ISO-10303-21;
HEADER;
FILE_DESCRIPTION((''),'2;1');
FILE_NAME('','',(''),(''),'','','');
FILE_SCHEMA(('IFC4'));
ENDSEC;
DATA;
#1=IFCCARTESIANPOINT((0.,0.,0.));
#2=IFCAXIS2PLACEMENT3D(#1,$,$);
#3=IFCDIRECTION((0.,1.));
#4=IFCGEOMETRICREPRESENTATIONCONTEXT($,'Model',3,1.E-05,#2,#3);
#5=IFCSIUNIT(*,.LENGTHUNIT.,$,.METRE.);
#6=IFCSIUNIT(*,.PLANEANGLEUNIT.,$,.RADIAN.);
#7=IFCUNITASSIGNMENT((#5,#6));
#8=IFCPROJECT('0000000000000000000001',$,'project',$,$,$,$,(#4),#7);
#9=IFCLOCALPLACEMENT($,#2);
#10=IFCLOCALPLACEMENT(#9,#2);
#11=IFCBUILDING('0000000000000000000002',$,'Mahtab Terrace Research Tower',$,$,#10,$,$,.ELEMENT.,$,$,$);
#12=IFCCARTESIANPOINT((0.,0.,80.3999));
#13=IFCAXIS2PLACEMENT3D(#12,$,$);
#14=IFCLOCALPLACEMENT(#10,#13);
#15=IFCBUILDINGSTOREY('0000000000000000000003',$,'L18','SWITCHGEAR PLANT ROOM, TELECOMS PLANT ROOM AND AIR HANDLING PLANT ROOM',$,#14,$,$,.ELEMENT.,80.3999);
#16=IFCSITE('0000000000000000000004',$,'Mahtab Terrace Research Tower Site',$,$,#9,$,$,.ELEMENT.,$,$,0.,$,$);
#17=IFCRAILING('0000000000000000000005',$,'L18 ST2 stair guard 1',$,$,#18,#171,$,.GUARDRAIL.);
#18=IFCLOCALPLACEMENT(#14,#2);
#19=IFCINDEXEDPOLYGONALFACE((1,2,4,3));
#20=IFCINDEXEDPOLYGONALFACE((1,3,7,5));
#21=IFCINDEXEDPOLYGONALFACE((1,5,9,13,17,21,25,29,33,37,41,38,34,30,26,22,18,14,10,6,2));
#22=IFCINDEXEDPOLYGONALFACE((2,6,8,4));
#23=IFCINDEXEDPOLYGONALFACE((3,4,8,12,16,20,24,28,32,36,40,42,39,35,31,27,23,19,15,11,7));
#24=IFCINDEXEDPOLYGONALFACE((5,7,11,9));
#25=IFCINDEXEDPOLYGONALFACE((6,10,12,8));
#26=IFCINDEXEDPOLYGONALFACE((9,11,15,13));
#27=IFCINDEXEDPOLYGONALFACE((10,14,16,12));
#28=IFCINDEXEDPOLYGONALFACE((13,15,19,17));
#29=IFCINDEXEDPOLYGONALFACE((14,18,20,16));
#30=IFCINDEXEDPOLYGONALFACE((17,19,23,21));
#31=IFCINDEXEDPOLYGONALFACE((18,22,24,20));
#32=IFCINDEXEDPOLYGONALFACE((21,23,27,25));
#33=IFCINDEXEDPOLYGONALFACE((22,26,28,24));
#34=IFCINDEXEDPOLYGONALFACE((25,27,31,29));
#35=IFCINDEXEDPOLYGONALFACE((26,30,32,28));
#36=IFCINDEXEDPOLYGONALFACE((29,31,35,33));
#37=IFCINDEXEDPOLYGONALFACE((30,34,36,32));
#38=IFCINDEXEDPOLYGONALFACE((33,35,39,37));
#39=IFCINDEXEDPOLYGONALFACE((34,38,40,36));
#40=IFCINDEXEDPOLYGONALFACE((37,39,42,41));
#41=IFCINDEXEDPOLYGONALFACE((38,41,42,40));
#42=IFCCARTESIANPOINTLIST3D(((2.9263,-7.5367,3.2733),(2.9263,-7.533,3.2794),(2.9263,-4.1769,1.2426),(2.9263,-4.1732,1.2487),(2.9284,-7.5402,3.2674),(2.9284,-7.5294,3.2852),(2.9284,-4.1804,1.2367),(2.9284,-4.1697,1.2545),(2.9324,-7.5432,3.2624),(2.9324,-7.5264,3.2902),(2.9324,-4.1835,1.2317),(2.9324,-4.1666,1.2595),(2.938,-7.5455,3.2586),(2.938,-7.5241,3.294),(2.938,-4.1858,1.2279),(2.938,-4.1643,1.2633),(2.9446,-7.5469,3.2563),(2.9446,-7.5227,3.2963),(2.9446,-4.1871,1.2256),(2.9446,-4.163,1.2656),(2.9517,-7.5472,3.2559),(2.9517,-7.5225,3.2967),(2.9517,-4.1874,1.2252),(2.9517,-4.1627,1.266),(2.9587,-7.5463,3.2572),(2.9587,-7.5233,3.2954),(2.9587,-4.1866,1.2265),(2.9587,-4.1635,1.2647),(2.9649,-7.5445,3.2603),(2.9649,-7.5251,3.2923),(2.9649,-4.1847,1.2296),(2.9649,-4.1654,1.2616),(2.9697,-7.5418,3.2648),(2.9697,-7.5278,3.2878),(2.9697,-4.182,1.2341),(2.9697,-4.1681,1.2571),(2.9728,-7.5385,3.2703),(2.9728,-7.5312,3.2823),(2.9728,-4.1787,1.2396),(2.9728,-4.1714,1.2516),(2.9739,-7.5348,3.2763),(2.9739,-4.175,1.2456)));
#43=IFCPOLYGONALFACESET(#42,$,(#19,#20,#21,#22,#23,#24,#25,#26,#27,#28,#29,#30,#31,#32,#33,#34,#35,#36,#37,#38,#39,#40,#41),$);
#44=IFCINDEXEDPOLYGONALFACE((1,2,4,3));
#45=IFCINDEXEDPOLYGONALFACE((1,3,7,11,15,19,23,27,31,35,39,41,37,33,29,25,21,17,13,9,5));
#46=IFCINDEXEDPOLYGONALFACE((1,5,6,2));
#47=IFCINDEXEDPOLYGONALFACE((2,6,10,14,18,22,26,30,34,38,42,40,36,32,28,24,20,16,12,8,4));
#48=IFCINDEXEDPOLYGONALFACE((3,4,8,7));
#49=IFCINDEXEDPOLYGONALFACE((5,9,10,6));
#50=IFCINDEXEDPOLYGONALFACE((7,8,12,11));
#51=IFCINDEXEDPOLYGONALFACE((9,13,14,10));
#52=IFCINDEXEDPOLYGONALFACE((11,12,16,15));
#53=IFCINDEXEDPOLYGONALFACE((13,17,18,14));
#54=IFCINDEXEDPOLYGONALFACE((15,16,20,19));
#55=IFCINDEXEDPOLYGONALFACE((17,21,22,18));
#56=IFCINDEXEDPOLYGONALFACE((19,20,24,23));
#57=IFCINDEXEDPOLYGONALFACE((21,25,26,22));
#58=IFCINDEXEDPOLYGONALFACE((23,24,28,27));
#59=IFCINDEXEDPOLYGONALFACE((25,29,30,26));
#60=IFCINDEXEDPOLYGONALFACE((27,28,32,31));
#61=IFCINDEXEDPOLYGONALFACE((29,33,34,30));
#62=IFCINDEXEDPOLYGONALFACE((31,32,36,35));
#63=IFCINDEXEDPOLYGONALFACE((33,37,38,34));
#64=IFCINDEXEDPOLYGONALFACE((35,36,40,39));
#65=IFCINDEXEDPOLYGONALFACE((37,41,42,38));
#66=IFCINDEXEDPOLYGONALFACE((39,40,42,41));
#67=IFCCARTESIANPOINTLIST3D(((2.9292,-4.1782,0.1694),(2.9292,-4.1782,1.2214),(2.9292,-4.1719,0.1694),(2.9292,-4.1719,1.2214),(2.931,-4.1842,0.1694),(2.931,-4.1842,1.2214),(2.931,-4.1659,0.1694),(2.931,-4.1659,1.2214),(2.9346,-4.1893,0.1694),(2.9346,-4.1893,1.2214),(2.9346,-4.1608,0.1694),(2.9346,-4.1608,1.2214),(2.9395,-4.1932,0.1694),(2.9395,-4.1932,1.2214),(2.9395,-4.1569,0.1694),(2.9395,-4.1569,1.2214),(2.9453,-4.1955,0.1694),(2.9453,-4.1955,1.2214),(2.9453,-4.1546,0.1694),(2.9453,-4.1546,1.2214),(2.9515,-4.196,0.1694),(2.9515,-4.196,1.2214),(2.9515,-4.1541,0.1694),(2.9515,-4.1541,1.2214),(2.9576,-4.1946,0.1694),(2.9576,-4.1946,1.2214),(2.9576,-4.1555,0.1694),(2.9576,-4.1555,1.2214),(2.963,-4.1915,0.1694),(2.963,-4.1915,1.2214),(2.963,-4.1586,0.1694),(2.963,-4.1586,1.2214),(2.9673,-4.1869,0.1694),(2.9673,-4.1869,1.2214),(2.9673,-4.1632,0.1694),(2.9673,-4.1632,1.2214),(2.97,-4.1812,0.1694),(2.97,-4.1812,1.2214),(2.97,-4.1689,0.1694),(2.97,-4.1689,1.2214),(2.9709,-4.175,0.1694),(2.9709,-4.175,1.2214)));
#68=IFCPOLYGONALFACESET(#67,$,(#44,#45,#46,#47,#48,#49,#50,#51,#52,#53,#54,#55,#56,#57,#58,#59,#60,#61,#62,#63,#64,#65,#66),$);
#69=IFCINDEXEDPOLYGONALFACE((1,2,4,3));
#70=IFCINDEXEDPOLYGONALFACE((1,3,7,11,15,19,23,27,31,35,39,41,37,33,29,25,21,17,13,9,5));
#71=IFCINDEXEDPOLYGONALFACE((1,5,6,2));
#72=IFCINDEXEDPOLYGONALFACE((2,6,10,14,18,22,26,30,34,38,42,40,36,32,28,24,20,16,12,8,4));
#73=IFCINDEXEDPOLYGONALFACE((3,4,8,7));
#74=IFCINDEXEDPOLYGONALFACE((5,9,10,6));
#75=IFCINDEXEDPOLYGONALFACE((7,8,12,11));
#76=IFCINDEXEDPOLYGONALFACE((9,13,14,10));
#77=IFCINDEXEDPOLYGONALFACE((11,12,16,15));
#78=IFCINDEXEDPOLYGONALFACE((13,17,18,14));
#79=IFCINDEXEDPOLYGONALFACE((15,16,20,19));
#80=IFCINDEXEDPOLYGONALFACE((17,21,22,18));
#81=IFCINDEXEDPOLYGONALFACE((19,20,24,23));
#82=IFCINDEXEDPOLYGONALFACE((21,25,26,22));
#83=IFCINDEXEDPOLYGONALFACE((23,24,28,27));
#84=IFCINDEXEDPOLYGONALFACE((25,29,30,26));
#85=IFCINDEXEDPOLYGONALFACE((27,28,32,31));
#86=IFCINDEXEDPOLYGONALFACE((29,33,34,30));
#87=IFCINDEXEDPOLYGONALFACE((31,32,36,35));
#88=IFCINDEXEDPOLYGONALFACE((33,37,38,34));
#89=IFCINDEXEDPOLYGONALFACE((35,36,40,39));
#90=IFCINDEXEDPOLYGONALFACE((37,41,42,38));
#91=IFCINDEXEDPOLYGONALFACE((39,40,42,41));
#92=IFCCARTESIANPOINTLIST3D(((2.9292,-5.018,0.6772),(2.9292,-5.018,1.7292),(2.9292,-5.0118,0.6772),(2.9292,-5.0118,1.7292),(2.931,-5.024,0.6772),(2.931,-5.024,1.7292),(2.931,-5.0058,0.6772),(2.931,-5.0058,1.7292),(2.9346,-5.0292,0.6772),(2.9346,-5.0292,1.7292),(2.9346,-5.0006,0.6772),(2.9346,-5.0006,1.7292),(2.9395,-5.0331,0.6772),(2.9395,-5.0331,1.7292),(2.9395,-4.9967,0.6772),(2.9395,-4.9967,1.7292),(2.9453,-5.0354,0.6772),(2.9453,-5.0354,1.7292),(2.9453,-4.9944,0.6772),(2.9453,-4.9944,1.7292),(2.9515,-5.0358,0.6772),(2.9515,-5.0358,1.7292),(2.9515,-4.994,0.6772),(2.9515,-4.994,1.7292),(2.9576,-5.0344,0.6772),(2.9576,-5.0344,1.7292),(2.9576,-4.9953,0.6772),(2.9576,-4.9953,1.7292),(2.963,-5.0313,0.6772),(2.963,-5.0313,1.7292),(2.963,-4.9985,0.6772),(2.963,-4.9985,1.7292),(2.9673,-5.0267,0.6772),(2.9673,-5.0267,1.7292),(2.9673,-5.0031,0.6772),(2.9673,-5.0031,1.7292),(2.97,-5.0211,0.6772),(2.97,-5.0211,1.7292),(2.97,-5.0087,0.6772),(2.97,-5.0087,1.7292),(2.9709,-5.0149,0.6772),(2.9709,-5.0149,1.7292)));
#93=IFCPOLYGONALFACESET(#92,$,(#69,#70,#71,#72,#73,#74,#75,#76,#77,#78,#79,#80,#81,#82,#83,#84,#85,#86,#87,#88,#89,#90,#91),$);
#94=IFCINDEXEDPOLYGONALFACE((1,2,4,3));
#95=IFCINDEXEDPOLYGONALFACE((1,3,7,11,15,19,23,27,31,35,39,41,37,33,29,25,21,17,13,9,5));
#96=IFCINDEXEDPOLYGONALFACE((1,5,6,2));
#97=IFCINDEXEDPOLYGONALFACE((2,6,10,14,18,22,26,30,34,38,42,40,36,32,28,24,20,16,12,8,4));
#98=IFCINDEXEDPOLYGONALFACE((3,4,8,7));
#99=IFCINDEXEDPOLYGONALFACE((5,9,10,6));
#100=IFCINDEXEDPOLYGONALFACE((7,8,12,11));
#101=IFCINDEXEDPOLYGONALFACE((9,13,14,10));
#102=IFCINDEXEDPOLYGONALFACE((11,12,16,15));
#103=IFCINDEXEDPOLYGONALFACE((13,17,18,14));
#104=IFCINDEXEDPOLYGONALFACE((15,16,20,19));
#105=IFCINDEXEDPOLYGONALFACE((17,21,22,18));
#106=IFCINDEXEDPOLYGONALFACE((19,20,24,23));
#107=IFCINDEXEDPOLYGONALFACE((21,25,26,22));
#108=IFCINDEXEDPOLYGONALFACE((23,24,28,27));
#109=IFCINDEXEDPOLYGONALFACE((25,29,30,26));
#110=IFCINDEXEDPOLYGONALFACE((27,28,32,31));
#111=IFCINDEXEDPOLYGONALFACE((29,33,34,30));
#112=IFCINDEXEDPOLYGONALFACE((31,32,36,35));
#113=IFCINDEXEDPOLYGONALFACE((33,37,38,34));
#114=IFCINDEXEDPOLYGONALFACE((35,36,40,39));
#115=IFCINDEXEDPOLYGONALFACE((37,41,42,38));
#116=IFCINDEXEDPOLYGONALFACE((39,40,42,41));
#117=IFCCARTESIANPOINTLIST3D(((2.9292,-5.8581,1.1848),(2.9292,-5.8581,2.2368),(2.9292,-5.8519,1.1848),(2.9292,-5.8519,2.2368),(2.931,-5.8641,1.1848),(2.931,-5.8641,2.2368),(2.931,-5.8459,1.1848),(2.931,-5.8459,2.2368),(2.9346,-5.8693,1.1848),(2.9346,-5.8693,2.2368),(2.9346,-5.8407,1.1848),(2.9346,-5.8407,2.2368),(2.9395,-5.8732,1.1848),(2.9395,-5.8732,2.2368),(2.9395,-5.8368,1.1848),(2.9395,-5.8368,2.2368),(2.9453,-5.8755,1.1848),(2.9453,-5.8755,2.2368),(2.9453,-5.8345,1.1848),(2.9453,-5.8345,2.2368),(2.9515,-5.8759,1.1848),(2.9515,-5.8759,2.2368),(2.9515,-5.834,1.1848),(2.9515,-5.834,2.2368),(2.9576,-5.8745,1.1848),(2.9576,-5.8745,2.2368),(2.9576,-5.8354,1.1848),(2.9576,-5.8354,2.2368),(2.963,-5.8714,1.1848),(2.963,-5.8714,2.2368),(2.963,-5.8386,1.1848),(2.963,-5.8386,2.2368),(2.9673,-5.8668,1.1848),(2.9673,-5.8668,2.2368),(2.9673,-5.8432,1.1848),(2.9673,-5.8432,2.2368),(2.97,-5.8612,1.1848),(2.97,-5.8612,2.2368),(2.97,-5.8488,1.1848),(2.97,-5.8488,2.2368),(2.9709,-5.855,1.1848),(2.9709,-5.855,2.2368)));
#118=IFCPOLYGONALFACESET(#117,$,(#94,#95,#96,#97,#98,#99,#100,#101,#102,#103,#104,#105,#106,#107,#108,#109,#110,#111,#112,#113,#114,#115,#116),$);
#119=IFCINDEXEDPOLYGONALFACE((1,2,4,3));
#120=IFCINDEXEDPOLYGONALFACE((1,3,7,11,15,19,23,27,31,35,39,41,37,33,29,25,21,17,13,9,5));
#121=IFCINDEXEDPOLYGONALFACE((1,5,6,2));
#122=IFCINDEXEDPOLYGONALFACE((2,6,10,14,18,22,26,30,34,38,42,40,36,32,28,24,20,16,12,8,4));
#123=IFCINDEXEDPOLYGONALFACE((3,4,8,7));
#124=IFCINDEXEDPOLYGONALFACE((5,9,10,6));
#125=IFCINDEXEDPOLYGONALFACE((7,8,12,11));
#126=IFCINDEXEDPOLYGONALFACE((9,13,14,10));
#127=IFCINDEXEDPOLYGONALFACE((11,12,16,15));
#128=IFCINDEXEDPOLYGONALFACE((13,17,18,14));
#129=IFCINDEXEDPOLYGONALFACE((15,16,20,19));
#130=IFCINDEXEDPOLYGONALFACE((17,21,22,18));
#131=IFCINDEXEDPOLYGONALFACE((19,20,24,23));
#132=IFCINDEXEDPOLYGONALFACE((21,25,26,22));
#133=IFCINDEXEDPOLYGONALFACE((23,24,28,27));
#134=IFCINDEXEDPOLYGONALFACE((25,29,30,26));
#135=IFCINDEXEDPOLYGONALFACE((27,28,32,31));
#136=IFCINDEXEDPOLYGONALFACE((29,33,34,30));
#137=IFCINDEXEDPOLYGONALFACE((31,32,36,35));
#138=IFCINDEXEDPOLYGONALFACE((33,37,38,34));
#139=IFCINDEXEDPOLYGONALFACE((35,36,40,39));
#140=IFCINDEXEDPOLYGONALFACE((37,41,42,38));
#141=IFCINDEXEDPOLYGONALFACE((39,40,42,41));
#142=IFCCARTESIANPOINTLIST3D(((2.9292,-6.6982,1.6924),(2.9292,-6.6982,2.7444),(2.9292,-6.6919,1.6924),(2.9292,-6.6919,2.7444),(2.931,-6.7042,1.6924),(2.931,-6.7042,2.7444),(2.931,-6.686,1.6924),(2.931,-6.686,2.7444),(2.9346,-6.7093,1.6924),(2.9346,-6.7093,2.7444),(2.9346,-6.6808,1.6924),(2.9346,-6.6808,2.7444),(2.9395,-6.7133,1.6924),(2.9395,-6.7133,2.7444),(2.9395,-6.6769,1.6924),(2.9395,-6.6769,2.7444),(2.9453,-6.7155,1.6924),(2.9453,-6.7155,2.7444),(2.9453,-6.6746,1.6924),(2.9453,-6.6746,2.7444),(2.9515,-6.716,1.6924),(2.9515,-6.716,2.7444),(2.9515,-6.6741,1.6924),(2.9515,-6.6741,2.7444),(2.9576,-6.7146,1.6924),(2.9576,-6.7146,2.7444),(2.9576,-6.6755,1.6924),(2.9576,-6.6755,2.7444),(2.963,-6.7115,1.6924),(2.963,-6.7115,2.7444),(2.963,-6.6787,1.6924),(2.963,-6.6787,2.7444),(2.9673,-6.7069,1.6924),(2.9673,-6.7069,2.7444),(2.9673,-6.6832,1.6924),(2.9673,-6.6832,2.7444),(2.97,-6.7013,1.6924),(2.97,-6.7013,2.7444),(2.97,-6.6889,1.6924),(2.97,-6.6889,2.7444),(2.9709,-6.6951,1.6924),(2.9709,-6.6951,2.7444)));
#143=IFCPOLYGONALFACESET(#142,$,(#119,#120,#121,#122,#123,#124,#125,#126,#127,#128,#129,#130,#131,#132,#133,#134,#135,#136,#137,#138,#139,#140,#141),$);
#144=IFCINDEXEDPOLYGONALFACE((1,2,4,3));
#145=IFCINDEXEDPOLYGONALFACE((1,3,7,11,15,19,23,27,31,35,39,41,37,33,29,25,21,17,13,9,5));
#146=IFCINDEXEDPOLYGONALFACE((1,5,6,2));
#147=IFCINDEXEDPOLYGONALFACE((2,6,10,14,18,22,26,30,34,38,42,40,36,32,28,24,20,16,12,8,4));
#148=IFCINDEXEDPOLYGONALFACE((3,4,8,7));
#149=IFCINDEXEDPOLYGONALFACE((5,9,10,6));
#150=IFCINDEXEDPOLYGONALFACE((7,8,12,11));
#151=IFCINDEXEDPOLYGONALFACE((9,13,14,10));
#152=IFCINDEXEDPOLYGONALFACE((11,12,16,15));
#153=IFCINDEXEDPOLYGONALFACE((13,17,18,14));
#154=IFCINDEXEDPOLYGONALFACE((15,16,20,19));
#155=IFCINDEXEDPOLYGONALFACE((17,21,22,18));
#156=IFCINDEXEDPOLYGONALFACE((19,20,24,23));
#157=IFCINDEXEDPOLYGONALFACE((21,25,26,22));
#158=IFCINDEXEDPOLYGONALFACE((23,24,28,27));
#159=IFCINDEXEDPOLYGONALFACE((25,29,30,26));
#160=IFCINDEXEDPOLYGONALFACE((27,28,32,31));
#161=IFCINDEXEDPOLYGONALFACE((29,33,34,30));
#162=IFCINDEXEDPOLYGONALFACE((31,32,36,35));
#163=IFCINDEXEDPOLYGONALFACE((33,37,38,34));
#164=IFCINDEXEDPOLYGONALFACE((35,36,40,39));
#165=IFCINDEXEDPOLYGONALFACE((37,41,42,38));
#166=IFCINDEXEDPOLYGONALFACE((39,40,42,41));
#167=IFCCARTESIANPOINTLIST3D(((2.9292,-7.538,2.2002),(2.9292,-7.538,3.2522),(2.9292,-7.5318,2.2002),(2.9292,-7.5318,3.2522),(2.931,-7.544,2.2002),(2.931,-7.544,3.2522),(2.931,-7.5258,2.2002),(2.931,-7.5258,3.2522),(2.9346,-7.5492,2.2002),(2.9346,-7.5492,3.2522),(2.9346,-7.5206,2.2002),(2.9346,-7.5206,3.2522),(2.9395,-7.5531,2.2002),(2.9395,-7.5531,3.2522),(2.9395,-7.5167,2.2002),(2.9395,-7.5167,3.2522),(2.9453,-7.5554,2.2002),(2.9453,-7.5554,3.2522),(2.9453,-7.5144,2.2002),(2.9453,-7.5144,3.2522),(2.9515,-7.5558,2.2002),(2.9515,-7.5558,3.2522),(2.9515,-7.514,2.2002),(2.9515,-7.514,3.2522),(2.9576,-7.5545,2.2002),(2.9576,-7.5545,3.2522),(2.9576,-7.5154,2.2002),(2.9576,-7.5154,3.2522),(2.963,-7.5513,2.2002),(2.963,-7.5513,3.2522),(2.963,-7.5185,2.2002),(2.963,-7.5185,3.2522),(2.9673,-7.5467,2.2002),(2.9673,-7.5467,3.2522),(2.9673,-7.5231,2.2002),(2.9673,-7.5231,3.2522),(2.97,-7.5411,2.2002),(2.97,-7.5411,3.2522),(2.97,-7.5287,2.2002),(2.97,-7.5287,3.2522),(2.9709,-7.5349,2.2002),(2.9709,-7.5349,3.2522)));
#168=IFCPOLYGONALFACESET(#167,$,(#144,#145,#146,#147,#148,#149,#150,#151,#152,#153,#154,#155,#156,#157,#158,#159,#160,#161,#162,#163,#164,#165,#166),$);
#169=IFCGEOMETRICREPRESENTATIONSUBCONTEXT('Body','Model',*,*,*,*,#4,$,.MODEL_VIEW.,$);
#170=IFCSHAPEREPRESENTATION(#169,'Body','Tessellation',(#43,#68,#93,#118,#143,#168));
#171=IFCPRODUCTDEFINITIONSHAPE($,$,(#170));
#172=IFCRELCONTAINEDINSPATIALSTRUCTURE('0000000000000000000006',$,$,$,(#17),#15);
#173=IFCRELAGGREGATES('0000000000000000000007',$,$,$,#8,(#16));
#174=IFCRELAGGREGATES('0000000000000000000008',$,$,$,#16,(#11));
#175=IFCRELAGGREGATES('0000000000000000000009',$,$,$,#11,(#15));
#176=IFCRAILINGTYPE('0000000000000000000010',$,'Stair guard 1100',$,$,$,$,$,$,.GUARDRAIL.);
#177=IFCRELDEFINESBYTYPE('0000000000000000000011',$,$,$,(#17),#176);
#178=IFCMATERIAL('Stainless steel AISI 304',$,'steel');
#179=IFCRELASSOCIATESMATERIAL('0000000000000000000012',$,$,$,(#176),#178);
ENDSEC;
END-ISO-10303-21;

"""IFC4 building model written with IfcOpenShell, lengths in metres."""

from ifc_helpers import new_model, si_unit, direction, frame, origin, origin_2d, place, context, subcontext, project, spatial, circle, extrude, material, type_object, element, save


model = new_model("IFC4")

# Units and contexts
model_context = context("Model", 3, precision=1e-05, world=origin(), true_north=direction((0.0, 1.0)))
body_context = subcontext(model_context, "Body", "Model", "MODEL_VIEW")
ifc_project = project(units=[si_unit("LENGTHUNIT", "METRE"), si_unit("PLANEANGLEUNIT", "RADIAN")], contexts=[model_context])

# Site, building, storey
site_placement = place(None, origin())
site = spatial("IfcSite", under=ifc_project, at=site_placement, Name="Mahtab Terrace Research Tower Site", CompositionType="ELEMENT", RefElevation=0.0)
building_placement = place(site_placement, origin())
building = spatial("IfcBuilding", under=site, at=building_placement, Name="Mahtab Terrace Research Tower", CompositionType="ELEMENT")
storey_placement = place(building_placement, frame((0.0, 0.0, 80.3999)))
storey = spatial("IfcBuildingStorey", under=building, at=storey_placement, Name="L18", Description="SWITCHGEAR PLANT ROOM, TELECOMS PLANT ROOM AND AIR HANDLING PLANT ROOM", CompositionType="ELEMENT", Elevation=80.3999)

# Railing
ifc_material_1 = material(Name="Stainless steel AISI 304", Category="steel")
railing_type_1 = type_object("IfcRailingType", Name="Stair guard 1100", PredefinedType="GUARDRAIL", material=ifc_material_1)
railing_1_placement = place(storey_placement, frame((2.95, -4.175, 0.1694)))
element("IfcRailing", 1, at=railing_1_placement, inside=storey, type_object=railing_type_1, Name="L18 ST2 stair guard 1", PredefinedType="GUARDRAIL", context=body_context, shape_type="SweptSolid", body=[
    extrude(circle(Radius=0.0239, at=origin_2d()), frame((0.0, 0.0, 1.0762), z_axis=(0.0, -0.85582, 0.517273), x_axis=(1.0, 0.0, 0.0)), (0.0, 0.0, 1.0), 3.9258),
    extrude(circle(Radius=0.021, at=origin_2d()), origin(), (0.0, 0.0, 1.0), 1.052),
    extrude(circle(Radius=0.021, at=origin_2d()), frame((0.0, -0.8398, 0.5078)), (0.0, 0.0, 1.0), 1.052),
    extrude(circle(Radius=0.021, at=origin_2d()), frame((0.0, -1.6799, 1.0154)), (0.0, 0.0, 1.0), 1.052),
    extrude(circle(Radius=0.021, at=origin_2d()), frame((0.0, -2.52, 1.5229)), (0.0, 0.0, 1.0), 1.052),
    extrude(circle(Radius=0.021, at=origin_2d()), frame((0.0, -3.3599, 2.0308)), (0.0, 0.0, 1.0), 1.052),
])

save(model, "model.ifc")
